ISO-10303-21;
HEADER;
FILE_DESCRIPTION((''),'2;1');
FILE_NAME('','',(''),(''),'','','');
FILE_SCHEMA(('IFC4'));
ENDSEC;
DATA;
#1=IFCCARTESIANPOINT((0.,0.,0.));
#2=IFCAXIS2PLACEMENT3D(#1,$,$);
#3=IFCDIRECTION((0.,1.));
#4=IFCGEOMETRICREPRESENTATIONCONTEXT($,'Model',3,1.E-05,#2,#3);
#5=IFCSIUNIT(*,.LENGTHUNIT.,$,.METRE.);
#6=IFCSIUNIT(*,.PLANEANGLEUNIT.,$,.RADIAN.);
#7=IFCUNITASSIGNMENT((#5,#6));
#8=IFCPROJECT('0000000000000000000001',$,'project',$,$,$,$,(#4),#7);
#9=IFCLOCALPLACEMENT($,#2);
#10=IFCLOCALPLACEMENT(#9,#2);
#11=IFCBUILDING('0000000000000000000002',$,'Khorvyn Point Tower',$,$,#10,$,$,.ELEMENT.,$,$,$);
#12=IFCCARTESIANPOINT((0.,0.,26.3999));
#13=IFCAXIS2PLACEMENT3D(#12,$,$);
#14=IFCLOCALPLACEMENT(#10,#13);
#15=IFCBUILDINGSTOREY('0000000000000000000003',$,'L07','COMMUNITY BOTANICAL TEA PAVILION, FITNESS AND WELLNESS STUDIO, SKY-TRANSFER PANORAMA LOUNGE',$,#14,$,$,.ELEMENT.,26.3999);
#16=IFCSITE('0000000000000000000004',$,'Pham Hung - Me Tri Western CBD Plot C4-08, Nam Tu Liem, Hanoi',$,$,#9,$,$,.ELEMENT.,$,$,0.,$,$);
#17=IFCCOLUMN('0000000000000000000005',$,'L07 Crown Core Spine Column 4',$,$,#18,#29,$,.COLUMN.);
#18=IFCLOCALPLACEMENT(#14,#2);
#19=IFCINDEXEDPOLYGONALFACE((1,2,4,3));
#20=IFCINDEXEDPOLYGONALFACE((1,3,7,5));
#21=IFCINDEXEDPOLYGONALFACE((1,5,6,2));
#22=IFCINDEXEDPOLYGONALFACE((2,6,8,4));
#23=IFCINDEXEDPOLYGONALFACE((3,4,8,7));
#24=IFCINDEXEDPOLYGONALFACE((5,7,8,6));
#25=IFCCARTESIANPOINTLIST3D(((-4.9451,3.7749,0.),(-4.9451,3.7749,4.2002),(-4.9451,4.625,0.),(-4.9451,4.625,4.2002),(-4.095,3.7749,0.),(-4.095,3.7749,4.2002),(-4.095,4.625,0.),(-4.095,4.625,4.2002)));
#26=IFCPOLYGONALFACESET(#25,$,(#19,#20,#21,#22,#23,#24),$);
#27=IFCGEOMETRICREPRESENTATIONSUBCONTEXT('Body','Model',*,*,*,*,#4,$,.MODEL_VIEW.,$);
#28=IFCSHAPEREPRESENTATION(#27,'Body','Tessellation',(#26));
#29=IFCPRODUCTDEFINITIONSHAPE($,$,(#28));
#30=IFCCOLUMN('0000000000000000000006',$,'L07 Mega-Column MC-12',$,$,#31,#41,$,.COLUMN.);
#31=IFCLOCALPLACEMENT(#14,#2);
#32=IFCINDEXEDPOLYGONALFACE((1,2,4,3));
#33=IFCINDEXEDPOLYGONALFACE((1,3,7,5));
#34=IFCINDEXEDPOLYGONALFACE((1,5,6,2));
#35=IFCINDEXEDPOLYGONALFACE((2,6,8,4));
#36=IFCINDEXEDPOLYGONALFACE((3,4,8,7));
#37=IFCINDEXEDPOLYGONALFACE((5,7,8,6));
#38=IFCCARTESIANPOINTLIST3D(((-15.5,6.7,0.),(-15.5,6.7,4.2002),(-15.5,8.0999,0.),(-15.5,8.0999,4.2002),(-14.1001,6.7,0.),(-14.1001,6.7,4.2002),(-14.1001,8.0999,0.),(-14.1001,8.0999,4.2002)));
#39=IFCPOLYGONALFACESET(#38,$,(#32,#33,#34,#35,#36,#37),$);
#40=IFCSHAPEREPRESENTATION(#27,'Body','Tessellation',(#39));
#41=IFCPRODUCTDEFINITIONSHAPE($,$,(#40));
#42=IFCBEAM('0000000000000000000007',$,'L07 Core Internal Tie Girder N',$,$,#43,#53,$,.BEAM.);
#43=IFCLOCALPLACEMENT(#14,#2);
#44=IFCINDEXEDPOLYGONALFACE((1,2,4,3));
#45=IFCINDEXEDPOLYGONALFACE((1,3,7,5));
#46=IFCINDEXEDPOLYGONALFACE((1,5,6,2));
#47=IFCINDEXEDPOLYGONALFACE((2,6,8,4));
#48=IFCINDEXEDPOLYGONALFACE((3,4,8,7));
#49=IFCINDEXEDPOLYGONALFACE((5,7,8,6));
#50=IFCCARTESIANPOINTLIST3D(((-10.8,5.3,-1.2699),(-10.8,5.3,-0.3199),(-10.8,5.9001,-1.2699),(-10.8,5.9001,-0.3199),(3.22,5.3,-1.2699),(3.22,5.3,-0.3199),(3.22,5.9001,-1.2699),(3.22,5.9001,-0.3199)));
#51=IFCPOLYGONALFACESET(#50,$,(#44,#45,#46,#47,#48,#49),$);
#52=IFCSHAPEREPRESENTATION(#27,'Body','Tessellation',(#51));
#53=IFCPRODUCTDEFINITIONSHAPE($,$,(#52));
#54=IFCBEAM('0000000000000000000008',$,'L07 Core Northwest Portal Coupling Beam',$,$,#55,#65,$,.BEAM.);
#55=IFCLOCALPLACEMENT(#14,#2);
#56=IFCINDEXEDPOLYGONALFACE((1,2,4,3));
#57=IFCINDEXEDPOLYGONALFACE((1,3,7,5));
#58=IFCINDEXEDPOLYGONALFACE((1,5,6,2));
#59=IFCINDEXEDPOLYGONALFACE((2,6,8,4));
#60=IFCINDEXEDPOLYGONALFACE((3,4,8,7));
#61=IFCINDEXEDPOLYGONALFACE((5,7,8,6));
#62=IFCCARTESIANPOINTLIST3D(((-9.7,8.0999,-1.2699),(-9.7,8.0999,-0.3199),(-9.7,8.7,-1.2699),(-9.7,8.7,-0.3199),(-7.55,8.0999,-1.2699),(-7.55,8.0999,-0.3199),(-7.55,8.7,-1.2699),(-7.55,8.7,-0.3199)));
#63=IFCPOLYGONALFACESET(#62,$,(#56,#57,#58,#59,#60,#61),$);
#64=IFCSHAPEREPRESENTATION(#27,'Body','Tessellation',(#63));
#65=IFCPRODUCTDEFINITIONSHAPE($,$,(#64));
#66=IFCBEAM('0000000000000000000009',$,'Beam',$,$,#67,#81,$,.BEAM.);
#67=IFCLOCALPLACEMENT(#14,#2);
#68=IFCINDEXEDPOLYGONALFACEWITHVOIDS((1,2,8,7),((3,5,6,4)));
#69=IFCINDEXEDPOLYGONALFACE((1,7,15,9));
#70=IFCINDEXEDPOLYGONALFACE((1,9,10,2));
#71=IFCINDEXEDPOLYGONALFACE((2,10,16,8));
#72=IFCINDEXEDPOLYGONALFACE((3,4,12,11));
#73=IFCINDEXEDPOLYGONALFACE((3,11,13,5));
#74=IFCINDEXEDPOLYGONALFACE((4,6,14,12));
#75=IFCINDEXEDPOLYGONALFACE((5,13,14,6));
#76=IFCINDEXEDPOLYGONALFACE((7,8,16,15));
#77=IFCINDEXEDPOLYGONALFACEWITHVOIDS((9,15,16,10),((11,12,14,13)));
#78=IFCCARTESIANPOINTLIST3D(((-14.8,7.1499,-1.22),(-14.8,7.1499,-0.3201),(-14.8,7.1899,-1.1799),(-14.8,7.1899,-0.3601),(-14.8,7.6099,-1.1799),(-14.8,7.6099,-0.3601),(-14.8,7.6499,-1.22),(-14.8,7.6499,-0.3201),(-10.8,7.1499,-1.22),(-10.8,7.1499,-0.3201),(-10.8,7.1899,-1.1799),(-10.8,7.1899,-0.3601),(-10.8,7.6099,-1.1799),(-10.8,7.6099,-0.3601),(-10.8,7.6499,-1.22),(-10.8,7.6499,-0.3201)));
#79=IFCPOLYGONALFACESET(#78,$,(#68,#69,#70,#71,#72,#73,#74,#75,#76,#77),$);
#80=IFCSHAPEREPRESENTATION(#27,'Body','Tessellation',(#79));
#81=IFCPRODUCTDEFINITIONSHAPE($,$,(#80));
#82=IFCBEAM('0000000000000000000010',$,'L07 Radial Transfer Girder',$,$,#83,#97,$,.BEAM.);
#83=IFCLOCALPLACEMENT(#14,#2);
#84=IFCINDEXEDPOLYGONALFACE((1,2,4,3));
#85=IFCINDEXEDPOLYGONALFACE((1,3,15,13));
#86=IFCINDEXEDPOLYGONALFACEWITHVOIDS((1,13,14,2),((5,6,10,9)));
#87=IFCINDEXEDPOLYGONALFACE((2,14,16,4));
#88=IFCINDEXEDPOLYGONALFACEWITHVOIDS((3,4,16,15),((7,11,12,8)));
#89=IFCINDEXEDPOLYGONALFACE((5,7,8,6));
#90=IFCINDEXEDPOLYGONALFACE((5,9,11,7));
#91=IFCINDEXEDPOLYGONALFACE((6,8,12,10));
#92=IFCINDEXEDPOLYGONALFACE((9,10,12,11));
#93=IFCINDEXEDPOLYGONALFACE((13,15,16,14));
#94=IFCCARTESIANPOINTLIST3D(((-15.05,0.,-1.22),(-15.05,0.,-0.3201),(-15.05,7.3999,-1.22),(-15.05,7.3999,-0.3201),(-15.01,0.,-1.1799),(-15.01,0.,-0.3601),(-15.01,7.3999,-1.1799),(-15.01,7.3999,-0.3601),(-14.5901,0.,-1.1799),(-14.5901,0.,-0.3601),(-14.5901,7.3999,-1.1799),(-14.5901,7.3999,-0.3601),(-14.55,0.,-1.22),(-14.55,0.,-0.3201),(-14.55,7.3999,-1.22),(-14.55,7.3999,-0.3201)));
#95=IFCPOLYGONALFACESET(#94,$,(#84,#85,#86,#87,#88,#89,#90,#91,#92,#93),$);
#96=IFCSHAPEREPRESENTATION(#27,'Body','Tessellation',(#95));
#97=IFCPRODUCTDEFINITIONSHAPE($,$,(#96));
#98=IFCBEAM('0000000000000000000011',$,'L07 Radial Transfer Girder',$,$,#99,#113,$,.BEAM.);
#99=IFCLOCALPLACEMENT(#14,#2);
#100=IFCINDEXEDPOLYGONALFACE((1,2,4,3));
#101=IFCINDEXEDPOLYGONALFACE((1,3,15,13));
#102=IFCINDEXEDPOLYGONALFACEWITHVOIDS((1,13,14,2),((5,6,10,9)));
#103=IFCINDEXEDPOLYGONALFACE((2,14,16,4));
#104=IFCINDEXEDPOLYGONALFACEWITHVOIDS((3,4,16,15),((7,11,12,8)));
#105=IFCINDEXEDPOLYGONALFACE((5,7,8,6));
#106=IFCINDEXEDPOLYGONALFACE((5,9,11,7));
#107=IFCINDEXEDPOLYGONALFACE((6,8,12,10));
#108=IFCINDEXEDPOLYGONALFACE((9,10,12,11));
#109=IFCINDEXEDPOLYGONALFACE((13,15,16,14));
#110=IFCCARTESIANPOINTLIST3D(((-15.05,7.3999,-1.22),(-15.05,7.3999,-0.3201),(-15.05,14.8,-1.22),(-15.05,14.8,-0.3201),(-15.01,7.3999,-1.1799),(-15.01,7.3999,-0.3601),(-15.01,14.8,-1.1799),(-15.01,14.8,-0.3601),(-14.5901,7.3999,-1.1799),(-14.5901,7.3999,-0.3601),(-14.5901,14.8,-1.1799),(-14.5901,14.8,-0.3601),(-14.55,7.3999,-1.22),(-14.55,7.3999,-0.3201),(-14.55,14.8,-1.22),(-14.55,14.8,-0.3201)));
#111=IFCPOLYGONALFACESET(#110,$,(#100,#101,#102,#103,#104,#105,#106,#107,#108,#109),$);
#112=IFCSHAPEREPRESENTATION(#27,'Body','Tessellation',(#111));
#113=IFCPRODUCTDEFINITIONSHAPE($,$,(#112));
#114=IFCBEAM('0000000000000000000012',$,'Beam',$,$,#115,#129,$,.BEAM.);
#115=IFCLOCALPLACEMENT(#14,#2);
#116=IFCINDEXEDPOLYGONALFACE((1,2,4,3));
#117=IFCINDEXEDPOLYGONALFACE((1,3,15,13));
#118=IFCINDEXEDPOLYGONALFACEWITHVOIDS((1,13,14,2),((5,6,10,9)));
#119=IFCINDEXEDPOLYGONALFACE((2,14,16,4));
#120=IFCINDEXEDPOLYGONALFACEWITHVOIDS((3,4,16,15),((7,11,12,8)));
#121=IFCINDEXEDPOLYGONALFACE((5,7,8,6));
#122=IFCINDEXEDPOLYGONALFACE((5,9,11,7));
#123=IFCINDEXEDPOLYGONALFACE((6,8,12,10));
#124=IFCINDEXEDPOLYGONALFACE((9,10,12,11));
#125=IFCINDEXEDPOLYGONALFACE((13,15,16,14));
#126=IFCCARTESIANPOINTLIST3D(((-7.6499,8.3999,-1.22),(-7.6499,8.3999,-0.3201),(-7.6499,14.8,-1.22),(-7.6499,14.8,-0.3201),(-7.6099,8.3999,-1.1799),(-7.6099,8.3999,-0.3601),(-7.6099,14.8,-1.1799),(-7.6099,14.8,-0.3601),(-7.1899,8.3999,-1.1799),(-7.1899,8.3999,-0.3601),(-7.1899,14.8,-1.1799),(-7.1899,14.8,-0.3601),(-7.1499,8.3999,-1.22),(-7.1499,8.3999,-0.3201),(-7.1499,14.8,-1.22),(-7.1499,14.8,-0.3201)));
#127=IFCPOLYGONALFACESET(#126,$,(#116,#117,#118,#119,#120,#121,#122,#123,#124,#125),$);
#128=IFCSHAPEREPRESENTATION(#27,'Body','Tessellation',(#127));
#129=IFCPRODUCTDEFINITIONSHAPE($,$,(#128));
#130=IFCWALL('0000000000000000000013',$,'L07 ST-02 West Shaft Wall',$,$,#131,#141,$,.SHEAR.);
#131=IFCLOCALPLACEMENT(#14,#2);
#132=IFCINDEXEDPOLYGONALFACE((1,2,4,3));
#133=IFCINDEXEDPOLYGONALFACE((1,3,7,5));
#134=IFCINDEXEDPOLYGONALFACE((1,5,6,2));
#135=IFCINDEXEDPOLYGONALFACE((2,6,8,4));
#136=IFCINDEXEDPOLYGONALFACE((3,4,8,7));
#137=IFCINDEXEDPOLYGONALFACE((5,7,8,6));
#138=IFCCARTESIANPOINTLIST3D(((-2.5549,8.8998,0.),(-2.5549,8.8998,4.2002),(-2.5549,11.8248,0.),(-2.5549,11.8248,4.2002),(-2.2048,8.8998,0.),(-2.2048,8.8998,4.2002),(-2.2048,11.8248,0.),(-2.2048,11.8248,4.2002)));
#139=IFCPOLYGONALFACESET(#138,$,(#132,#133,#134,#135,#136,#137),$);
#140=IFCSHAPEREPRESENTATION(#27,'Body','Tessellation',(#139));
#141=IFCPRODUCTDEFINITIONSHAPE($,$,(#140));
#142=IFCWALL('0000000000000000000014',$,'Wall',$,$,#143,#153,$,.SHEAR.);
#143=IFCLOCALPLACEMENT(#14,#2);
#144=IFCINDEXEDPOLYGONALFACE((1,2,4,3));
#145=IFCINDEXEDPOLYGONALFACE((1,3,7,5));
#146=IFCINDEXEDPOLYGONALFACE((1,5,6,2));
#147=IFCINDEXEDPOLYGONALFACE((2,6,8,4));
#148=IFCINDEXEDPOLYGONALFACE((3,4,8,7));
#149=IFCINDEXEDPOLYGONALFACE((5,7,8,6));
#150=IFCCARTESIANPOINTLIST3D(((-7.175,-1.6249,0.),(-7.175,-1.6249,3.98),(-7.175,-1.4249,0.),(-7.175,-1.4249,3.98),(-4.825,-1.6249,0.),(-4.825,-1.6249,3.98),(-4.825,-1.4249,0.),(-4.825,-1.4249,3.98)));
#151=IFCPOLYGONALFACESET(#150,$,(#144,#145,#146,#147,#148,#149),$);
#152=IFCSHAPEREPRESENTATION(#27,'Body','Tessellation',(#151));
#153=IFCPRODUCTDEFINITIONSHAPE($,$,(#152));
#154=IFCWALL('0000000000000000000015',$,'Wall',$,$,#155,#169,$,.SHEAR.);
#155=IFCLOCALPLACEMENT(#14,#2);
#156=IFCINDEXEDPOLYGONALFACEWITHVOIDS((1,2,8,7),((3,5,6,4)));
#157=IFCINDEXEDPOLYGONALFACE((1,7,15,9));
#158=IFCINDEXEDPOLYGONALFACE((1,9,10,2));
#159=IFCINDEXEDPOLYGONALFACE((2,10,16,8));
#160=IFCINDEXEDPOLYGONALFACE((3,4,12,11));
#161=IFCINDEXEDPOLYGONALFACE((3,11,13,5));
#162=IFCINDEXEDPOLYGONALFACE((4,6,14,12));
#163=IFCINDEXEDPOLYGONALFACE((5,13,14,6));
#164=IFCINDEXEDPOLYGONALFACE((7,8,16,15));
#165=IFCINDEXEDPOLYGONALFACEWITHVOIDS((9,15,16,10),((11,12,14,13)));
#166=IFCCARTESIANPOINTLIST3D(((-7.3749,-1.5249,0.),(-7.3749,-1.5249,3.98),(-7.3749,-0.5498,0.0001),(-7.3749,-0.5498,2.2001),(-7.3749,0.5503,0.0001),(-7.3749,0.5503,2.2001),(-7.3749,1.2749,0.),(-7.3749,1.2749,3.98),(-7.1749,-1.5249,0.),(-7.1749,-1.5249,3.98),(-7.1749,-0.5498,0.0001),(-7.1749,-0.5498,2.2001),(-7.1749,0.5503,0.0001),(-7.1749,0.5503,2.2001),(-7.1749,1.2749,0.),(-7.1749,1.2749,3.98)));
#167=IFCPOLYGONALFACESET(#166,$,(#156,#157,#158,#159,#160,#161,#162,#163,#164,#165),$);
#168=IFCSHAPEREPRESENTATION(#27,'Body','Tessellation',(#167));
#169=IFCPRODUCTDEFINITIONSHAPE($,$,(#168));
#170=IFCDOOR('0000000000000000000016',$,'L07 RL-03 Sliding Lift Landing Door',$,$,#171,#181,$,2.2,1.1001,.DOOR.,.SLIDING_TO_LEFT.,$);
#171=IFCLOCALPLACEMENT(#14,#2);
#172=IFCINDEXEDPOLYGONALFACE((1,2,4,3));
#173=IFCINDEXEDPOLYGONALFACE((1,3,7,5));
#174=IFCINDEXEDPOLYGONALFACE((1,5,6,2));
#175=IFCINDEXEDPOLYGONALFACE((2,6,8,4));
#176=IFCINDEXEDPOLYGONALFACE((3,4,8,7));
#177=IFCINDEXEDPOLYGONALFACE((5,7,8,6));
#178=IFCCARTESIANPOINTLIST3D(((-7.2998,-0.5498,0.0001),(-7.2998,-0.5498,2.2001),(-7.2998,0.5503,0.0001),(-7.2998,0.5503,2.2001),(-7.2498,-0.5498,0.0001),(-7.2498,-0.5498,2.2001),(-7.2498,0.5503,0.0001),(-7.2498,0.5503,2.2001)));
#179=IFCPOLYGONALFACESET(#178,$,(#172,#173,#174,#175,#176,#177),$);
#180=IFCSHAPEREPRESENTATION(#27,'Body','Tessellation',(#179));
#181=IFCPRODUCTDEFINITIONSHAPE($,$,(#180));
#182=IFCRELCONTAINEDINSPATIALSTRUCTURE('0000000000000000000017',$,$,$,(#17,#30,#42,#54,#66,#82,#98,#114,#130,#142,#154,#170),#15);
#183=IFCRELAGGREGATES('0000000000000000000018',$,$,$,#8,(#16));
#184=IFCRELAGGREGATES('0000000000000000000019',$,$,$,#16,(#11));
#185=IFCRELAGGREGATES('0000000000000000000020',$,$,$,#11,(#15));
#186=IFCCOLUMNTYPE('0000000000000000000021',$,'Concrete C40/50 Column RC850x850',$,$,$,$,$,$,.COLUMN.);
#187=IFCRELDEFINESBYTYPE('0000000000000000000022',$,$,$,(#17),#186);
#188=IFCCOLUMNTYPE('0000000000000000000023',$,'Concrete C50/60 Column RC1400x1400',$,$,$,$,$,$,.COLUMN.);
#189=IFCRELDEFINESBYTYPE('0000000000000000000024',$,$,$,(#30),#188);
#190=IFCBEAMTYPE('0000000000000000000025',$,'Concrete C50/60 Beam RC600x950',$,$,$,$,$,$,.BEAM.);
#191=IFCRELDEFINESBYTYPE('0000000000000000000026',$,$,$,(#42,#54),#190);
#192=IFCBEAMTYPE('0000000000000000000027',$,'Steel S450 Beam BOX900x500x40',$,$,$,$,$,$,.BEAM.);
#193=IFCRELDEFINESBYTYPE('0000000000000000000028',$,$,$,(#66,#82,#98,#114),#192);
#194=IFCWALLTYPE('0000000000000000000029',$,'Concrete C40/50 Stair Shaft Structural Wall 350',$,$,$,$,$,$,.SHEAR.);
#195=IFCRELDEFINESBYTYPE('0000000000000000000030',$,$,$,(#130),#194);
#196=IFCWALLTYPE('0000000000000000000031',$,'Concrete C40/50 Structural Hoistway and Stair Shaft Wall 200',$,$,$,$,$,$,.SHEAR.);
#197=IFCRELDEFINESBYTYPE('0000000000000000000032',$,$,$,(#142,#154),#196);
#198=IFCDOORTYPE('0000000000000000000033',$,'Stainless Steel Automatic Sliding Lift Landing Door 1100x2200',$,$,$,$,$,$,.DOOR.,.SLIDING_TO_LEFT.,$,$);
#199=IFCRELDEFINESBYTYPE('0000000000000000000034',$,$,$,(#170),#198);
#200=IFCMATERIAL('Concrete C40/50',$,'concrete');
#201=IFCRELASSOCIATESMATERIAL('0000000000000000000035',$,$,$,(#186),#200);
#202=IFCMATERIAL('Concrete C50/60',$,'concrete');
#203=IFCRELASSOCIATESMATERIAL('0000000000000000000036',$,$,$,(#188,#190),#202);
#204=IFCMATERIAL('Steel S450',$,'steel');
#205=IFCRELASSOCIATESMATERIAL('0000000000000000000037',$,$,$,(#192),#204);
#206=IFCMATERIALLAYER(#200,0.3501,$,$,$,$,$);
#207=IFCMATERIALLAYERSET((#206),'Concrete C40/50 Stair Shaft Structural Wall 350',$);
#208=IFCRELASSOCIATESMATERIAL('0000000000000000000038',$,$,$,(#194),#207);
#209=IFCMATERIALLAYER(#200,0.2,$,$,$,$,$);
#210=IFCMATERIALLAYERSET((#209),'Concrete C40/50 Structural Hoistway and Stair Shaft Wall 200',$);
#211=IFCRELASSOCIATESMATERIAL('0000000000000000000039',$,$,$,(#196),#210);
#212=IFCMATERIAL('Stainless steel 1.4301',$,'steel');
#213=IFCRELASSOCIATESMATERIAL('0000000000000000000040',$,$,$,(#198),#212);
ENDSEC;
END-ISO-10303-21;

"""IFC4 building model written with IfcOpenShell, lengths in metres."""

from ifc_helpers import new_model, si_unit, direction, frame, frame_2d, origin, origin_2d, place, context, subcontext, project, spatial, rectangle, hollow_rectangle, extrude, material, layer, layer_set, material_profile, profile_set, type_object, element, fill, save


model = new_model("IFC4")

# Units and contexts
model_context = context("Model", 3, precision=1e-05, world=origin(), true_north=direction((0.0, 1.0)))
body_context = subcontext(model_context, "Body", "Model", "MODEL_VIEW")
ifc_project = project(units=[si_unit("LENGTHUNIT", "METRE"), si_unit("PLANEANGLEUNIT", "RADIAN")], contexts=[model_context])

# Site, building, storey
site_placement = place(None, origin())
site = spatial("IfcSite", under=ifc_project, at=site_placement, Name="Pham Hung - Me Tri Western CBD Plot C4-08, Nam Tu Liem, Hanoi", CompositionType="ELEMENT", RefElevation=0.0)
building_placement = place(site_placement, origin())
building = spatial("IfcBuilding", under=site, at=building_placement, Name="Khorvyn Point Tower", CompositionType="ELEMENT")
storey_placement = place(building_placement, frame((0.0, 0.0, 26.3999)))
storey = spatial("IfcBuildingStorey", under=building, at=storey_placement, Name="L07", Description="COMMUNITY BOTANICAL TEA PAVILION, FITNESS AND WELLNESS STUDIO, SKY-TRANSFER PANORAMA LOUNGE", CompositionType="ELEMENT", Elevation=26.3999)

# Columns
ifc_material_1 = material(Name="Concrete C40/50", Category="concrete")
ifc_material_profile_1 = material_profile(ifc_material_1, rectangle(XDim=0.8501, YDim=0.8501, at=origin_2d()))
ifc_profile_set_1 = profile_set([ifc_material_profile_1], Name="Concrete C40/50 RC850x850")
column_type_1 = type_object("IfcColumnType", Name="Concrete C40/50 Column RC850x850", PredefinedType="COLUMN", material=ifc_profile_set_1)
column_1_placement = place(storey_placement, frame((-4.52, 4.2, 0.0), z_axis=(0.0, 0.0, 1.0), x_axis=(1.0, 0.0, 0.0)))
element("IfcColumn", 1, at=column_1_placement, inside=storey, type_object=column_type_1, Name="L07 Crown Core Spine Column 4", PredefinedType="COLUMN", context=body_context, shape_type="SweptSolid", body=[
    extrude(rectangle(XDim=0.8501, YDim=0.8501, at=origin_2d()), origin(), (0.0, 0.0, 1.0), 4.2002),
])
ifc_material_2 = material(Name="Concrete C50/60", Category="concrete")
ifc_material_profile_2 = material_profile(ifc_material_2, rectangle(XDim=1.3999, YDim=1.3999, at=origin_2d()))
ifc_profile_set_2 = profile_set([ifc_material_profile_2], Name="Concrete C50/60 RC1400x1400")
column_type_2 = type_object("IfcColumnType", Name="Concrete C50/60 Column RC1400x1400", PredefinedType="COLUMN", material=ifc_profile_set_2)
column_2_placement = place(storey_placement, frame((-14.8, 7.3999, 0.0), z_axis=(0.0, 0.0, 1.0), x_axis=(1.0, 0.0, 0.0)))
element("IfcColumn", 2, at=column_2_placement, inside=storey, type_object=column_type_2, Name="L07 Mega-Column MC-12", PredefinedType="COLUMN", context=body_context, shape_type="SweptSolid", body=[
    extrude(rectangle(XDim=1.3999, YDim=1.3999, at=origin_2d()), origin(), (0.0, 0.0, 1.0), 4.2002),
])

# Beams
ifc_material_profile_3 = material_profile(ifc_material_2, rectangle(XDim=0.6001, YDim=0.95, at=origin_2d()))
ifc_profile_set_3 = profile_set([ifc_material_profile_3], Name="Concrete C50/60 RC600x950")
beam_type_1 = type_object("IfcBeamType", Name="Concrete C50/60 Beam RC600x950", PredefinedType="BEAM", material=ifc_profile_set_3)
beam_1_placement = place(storey_placement, frame((-10.8, 5.6001, -0.7949), z_axis=(1.0, 0.0, 0.0), x_axis=(0.0, 1.0, 0.0)))
element("IfcBeam", 3, at=beam_1_placement, inside=storey, type_object=beam_type_1, Name="L07 Core Internal Tie Girder N", PredefinedType="BEAM", context=body_context, shape_type="SweptSolid", body=[
    extrude(rectangle(XDim=0.6001, YDim=0.95, at=origin_2d()), origin(), (0.0, 0.0, 1.0), 14.02),
])
beam_2_placement = place(storey_placement, frame((-9.7, 8.3999, -0.7949), z_axis=(1.0, 0.0, 0.0), x_axis=(0.0, 1.0, 0.0)))
element("IfcBeam", 4, at=beam_2_placement, inside=storey, type_object=beam_type_1, Name="L07 Core Northwest Portal Coupling Beam", PredefinedType="BEAM", context=body_context, shape_type="SweptSolid", body=[
    extrude(rectangle(XDim=0.6001, YDim=0.95, at=origin_2d()), origin(), (0.0, 0.0, 1.0), 2.1499),
])
ifc_material_3 = material(Name="Steel S450", Category="steel")
ifc_material_profile_4 = material_profile(ifc_material_3, hollow_rectangle(XDim=0.5, YDim=0.8999, WallThickness=0.04, at=origin_2d()))
ifc_profile_set_4 = profile_set([ifc_material_profile_4], Name="Steel S450 BOX900x500x40")
beam_type_2 = type_object("IfcBeamType", Name="Steel S450 Beam BOX900x500x40", PredefinedType="BEAM", material=ifc_profile_set_4)
beam_3_placement = place(storey_placement, frame((-14.8, 7.3999, -0.77), z_axis=(1.0, 0.0, 0.0), x_axis=(0.0, 1.0, 0.0)))
element("IfcBeam", 5, at=beam_3_placement, inside=storey, type_object=beam_type_2, Name="Beam", PredefinedType="BEAM", context=body_context, shape_type="SweptSolid", body=[
    extrude(hollow_rectangle(XDim=0.5, YDim=0.8999, WallThickness=0.04, at=origin_2d()), origin(), (0.0, 0.0, 1.0), 4.0),
])
beam_4_placement = place(storey_placement, frame((-14.8, 0.0, -0.77), z_axis=(0.0, 1.0, 0.0), x_axis=(-1.0, 0.0, 0.0)))
element("IfcBeam", 6, at=beam_4_placement, inside=storey, type_object=beam_type_2, Name="L07 Radial Transfer Girder", PredefinedType="BEAM", context=body_context, shape_type="SweptSolid", body=[
    extrude(hollow_rectangle(XDim=0.5, YDim=0.8999, WallThickness=0.04, at=origin_2d()), origin(), (0.0, 0.0, 1.0), 7.3999),
])
beam_5_placement = place(storey_placement, frame((-14.8, 7.3999, -0.77), z_axis=(0.0, 1.0, 0.0), x_axis=(-1.0, 0.0, 0.0)))
element("IfcBeam", 7, at=beam_5_placement, inside=storey, type_object=beam_type_2, Name="L07 Radial Transfer Girder", PredefinedType="BEAM", context=body_context, shape_type="SweptSolid", body=[
    extrude(hollow_rectangle(XDim=0.5, YDim=0.8999, WallThickness=0.04, at=origin_2d()), origin(), (0.0, 0.0, 1.0), 7.4001),
])
beam_6_placement = place(storey_placement, frame((-7.3999, 8.3999, -0.77), z_axis=(0.0, 1.0, 0.0), x_axis=(-1.0, 0.0, 0.0)))
element("IfcBeam", 8, at=beam_6_placement, inside=storey, type_object=beam_type_2, Name="Beam", PredefinedType="BEAM", context=body_context, shape_type="SweptSolid", body=[
    extrude(hollow_rectangle(XDim=0.5, YDim=0.8999, WallThickness=0.04, at=origin_2d()), origin(), (0.0, 0.0, 1.0), 6.4001),
])

# Walls
ifc_layer_1 = layer(ifc_material_1, 0.3501)
ifc_layer_set_1 = layer_set([ifc_layer_1], Name="Concrete C40/50 Stair Shaft Structural Wall 350")
wall_type_1 = type_object("IfcWallType", Name="Concrete C40/50 Stair Shaft Structural Wall 350", PredefinedType="SHEAR", material=ifc_layer_set_1)
wall_1_placement = place(storey_placement, frame((-2.3799, 8.8999, 0.0), z_axis=(0.0, 0.0, 1.0), x_axis=(0.0, 1.0, 0.0)))
element("IfcWall", 9, at=wall_1_placement, inside=storey, type_object=wall_type_1, Name="L07 ST-02 West Shaft Wall", PredefinedType="SHEAR", context=body_context, shape_type="SweptSolid", body=[
    extrude(rectangle(XDim=2.925, YDim=0.3501, at=frame_2d((1.4624, 0.0))), origin(), (0.0, 0.0, 1.0), 4.2002),
])
ifc_layer_2 = layer(ifc_material_1, 0.2)
ifc_layer_set_2 = layer_set([ifc_layer_2], Name="Concrete C40/50 Structural Hoistway and Stair Shaft Wall 200")
wall_type_2 = type_object("IfcWallType", Name="Concrete C40/50 Structural Hoistway and Stair Shaft Wall 200", PredefinedType="SHEAR", material=ifc_layer_set_2)
wall_2_placement = place(storey_placement, frame((-7.175, -1.5249, 0.0), z_axis=(0.0, 0.0, 1.0), x_axis=(1.0, 0.0, 0.0)))
element("IfcWall", 10, at=wall_2_placement, inside=storey, type_object=wall_type_2, Name="Wall", PredefinedType="SHEAR", context=body_context, shape_type="SweptSolid", body=[
    extrude(rectangle(XDim=2.3501, YDim=0.2, at=frame_2d((1.175, 0.0))), origin(), (0.0, 0.0, 1.0), 3.98),
])

# Wall, opening, door
wall_3_placement = place(storey_placement, frame((-7.2749, -1.5249, 0.0), z_axis=(0.0, 0.0, 1.0), x_axis=(0.0, 1.0, 0.0)))
wall_3 = element("IfcWall", 11, at=wall_3_placement, inside=storey, type_object=wall_type_2, Name="Wall", PredefinedType="SHEAR", context=body_context, shape_type="SweptSolid", body=[
    extrude(rectangle(XDim=2.7998, YDim=0.2, at=frame_2d((1.3999, 0.0))), origin(), (0.0, 0.0, 1.0), 3.98),
])
opening_1_placement = place(wall_3_placement, frame((0.9751, 0.0, 0.0)))
opening_1 = element("IfcOpeningElement", 12, at=opening_1_placement, cuts=wall_3, PredefinedType="OPENING", context=body_context, shape_type="SweptSolid", body=[
    extrude(rectangle(XDim=1.1001, YDim=2.2, at=frame_2d((0.55, 1.1001))), frame((0.0, 0.1099, 0.0), z_axis=(0.0, -1.0, 0.0), x_axis=(1.0, 0.0, 0.0)), (0.0, 0.0, 1.0), 0.22),
])
ifc_material_4 = material(Name="Stainless steel 1.4301", Category="steel")
door_type_1 = type_object("IfcDoorType", Name="Stainless Steel Automatic Sliding Lift Landing Door 1100x2200", OperationType="SLIDING_TO_LEFT", PredefinedType="DOOR", material=ifc_material_4)
door_1_placement = place(opening_1_placement, origin())
door_1 = element("IfcDoor", 13, at=door_1_placement, inside=storey, type_object=door_type_1, Name="L07 RL-03 Sliding Lift Landing Door", OperationType="SLIDING_TO_LEFT", OverallHeight=2.2, OverallWidth=1.1001, PredefinedType="DOOR", context=body_context, shape_type="SweptSolid", body=[
    extrude(rectangle(XDim=1.1001, YDim=2.2, at=frame_2d((0.55, 1.1001))), frame((0.0, 0.0249, 0.0), z_axis=(0.0, -1.0, 0.0), x_axis=(1.0, 0.0, 0.0)), (0.0, 0.0, 1.0), 0.05),
])
fill(opening_1, door_1)

save(model, "model.ifc")
